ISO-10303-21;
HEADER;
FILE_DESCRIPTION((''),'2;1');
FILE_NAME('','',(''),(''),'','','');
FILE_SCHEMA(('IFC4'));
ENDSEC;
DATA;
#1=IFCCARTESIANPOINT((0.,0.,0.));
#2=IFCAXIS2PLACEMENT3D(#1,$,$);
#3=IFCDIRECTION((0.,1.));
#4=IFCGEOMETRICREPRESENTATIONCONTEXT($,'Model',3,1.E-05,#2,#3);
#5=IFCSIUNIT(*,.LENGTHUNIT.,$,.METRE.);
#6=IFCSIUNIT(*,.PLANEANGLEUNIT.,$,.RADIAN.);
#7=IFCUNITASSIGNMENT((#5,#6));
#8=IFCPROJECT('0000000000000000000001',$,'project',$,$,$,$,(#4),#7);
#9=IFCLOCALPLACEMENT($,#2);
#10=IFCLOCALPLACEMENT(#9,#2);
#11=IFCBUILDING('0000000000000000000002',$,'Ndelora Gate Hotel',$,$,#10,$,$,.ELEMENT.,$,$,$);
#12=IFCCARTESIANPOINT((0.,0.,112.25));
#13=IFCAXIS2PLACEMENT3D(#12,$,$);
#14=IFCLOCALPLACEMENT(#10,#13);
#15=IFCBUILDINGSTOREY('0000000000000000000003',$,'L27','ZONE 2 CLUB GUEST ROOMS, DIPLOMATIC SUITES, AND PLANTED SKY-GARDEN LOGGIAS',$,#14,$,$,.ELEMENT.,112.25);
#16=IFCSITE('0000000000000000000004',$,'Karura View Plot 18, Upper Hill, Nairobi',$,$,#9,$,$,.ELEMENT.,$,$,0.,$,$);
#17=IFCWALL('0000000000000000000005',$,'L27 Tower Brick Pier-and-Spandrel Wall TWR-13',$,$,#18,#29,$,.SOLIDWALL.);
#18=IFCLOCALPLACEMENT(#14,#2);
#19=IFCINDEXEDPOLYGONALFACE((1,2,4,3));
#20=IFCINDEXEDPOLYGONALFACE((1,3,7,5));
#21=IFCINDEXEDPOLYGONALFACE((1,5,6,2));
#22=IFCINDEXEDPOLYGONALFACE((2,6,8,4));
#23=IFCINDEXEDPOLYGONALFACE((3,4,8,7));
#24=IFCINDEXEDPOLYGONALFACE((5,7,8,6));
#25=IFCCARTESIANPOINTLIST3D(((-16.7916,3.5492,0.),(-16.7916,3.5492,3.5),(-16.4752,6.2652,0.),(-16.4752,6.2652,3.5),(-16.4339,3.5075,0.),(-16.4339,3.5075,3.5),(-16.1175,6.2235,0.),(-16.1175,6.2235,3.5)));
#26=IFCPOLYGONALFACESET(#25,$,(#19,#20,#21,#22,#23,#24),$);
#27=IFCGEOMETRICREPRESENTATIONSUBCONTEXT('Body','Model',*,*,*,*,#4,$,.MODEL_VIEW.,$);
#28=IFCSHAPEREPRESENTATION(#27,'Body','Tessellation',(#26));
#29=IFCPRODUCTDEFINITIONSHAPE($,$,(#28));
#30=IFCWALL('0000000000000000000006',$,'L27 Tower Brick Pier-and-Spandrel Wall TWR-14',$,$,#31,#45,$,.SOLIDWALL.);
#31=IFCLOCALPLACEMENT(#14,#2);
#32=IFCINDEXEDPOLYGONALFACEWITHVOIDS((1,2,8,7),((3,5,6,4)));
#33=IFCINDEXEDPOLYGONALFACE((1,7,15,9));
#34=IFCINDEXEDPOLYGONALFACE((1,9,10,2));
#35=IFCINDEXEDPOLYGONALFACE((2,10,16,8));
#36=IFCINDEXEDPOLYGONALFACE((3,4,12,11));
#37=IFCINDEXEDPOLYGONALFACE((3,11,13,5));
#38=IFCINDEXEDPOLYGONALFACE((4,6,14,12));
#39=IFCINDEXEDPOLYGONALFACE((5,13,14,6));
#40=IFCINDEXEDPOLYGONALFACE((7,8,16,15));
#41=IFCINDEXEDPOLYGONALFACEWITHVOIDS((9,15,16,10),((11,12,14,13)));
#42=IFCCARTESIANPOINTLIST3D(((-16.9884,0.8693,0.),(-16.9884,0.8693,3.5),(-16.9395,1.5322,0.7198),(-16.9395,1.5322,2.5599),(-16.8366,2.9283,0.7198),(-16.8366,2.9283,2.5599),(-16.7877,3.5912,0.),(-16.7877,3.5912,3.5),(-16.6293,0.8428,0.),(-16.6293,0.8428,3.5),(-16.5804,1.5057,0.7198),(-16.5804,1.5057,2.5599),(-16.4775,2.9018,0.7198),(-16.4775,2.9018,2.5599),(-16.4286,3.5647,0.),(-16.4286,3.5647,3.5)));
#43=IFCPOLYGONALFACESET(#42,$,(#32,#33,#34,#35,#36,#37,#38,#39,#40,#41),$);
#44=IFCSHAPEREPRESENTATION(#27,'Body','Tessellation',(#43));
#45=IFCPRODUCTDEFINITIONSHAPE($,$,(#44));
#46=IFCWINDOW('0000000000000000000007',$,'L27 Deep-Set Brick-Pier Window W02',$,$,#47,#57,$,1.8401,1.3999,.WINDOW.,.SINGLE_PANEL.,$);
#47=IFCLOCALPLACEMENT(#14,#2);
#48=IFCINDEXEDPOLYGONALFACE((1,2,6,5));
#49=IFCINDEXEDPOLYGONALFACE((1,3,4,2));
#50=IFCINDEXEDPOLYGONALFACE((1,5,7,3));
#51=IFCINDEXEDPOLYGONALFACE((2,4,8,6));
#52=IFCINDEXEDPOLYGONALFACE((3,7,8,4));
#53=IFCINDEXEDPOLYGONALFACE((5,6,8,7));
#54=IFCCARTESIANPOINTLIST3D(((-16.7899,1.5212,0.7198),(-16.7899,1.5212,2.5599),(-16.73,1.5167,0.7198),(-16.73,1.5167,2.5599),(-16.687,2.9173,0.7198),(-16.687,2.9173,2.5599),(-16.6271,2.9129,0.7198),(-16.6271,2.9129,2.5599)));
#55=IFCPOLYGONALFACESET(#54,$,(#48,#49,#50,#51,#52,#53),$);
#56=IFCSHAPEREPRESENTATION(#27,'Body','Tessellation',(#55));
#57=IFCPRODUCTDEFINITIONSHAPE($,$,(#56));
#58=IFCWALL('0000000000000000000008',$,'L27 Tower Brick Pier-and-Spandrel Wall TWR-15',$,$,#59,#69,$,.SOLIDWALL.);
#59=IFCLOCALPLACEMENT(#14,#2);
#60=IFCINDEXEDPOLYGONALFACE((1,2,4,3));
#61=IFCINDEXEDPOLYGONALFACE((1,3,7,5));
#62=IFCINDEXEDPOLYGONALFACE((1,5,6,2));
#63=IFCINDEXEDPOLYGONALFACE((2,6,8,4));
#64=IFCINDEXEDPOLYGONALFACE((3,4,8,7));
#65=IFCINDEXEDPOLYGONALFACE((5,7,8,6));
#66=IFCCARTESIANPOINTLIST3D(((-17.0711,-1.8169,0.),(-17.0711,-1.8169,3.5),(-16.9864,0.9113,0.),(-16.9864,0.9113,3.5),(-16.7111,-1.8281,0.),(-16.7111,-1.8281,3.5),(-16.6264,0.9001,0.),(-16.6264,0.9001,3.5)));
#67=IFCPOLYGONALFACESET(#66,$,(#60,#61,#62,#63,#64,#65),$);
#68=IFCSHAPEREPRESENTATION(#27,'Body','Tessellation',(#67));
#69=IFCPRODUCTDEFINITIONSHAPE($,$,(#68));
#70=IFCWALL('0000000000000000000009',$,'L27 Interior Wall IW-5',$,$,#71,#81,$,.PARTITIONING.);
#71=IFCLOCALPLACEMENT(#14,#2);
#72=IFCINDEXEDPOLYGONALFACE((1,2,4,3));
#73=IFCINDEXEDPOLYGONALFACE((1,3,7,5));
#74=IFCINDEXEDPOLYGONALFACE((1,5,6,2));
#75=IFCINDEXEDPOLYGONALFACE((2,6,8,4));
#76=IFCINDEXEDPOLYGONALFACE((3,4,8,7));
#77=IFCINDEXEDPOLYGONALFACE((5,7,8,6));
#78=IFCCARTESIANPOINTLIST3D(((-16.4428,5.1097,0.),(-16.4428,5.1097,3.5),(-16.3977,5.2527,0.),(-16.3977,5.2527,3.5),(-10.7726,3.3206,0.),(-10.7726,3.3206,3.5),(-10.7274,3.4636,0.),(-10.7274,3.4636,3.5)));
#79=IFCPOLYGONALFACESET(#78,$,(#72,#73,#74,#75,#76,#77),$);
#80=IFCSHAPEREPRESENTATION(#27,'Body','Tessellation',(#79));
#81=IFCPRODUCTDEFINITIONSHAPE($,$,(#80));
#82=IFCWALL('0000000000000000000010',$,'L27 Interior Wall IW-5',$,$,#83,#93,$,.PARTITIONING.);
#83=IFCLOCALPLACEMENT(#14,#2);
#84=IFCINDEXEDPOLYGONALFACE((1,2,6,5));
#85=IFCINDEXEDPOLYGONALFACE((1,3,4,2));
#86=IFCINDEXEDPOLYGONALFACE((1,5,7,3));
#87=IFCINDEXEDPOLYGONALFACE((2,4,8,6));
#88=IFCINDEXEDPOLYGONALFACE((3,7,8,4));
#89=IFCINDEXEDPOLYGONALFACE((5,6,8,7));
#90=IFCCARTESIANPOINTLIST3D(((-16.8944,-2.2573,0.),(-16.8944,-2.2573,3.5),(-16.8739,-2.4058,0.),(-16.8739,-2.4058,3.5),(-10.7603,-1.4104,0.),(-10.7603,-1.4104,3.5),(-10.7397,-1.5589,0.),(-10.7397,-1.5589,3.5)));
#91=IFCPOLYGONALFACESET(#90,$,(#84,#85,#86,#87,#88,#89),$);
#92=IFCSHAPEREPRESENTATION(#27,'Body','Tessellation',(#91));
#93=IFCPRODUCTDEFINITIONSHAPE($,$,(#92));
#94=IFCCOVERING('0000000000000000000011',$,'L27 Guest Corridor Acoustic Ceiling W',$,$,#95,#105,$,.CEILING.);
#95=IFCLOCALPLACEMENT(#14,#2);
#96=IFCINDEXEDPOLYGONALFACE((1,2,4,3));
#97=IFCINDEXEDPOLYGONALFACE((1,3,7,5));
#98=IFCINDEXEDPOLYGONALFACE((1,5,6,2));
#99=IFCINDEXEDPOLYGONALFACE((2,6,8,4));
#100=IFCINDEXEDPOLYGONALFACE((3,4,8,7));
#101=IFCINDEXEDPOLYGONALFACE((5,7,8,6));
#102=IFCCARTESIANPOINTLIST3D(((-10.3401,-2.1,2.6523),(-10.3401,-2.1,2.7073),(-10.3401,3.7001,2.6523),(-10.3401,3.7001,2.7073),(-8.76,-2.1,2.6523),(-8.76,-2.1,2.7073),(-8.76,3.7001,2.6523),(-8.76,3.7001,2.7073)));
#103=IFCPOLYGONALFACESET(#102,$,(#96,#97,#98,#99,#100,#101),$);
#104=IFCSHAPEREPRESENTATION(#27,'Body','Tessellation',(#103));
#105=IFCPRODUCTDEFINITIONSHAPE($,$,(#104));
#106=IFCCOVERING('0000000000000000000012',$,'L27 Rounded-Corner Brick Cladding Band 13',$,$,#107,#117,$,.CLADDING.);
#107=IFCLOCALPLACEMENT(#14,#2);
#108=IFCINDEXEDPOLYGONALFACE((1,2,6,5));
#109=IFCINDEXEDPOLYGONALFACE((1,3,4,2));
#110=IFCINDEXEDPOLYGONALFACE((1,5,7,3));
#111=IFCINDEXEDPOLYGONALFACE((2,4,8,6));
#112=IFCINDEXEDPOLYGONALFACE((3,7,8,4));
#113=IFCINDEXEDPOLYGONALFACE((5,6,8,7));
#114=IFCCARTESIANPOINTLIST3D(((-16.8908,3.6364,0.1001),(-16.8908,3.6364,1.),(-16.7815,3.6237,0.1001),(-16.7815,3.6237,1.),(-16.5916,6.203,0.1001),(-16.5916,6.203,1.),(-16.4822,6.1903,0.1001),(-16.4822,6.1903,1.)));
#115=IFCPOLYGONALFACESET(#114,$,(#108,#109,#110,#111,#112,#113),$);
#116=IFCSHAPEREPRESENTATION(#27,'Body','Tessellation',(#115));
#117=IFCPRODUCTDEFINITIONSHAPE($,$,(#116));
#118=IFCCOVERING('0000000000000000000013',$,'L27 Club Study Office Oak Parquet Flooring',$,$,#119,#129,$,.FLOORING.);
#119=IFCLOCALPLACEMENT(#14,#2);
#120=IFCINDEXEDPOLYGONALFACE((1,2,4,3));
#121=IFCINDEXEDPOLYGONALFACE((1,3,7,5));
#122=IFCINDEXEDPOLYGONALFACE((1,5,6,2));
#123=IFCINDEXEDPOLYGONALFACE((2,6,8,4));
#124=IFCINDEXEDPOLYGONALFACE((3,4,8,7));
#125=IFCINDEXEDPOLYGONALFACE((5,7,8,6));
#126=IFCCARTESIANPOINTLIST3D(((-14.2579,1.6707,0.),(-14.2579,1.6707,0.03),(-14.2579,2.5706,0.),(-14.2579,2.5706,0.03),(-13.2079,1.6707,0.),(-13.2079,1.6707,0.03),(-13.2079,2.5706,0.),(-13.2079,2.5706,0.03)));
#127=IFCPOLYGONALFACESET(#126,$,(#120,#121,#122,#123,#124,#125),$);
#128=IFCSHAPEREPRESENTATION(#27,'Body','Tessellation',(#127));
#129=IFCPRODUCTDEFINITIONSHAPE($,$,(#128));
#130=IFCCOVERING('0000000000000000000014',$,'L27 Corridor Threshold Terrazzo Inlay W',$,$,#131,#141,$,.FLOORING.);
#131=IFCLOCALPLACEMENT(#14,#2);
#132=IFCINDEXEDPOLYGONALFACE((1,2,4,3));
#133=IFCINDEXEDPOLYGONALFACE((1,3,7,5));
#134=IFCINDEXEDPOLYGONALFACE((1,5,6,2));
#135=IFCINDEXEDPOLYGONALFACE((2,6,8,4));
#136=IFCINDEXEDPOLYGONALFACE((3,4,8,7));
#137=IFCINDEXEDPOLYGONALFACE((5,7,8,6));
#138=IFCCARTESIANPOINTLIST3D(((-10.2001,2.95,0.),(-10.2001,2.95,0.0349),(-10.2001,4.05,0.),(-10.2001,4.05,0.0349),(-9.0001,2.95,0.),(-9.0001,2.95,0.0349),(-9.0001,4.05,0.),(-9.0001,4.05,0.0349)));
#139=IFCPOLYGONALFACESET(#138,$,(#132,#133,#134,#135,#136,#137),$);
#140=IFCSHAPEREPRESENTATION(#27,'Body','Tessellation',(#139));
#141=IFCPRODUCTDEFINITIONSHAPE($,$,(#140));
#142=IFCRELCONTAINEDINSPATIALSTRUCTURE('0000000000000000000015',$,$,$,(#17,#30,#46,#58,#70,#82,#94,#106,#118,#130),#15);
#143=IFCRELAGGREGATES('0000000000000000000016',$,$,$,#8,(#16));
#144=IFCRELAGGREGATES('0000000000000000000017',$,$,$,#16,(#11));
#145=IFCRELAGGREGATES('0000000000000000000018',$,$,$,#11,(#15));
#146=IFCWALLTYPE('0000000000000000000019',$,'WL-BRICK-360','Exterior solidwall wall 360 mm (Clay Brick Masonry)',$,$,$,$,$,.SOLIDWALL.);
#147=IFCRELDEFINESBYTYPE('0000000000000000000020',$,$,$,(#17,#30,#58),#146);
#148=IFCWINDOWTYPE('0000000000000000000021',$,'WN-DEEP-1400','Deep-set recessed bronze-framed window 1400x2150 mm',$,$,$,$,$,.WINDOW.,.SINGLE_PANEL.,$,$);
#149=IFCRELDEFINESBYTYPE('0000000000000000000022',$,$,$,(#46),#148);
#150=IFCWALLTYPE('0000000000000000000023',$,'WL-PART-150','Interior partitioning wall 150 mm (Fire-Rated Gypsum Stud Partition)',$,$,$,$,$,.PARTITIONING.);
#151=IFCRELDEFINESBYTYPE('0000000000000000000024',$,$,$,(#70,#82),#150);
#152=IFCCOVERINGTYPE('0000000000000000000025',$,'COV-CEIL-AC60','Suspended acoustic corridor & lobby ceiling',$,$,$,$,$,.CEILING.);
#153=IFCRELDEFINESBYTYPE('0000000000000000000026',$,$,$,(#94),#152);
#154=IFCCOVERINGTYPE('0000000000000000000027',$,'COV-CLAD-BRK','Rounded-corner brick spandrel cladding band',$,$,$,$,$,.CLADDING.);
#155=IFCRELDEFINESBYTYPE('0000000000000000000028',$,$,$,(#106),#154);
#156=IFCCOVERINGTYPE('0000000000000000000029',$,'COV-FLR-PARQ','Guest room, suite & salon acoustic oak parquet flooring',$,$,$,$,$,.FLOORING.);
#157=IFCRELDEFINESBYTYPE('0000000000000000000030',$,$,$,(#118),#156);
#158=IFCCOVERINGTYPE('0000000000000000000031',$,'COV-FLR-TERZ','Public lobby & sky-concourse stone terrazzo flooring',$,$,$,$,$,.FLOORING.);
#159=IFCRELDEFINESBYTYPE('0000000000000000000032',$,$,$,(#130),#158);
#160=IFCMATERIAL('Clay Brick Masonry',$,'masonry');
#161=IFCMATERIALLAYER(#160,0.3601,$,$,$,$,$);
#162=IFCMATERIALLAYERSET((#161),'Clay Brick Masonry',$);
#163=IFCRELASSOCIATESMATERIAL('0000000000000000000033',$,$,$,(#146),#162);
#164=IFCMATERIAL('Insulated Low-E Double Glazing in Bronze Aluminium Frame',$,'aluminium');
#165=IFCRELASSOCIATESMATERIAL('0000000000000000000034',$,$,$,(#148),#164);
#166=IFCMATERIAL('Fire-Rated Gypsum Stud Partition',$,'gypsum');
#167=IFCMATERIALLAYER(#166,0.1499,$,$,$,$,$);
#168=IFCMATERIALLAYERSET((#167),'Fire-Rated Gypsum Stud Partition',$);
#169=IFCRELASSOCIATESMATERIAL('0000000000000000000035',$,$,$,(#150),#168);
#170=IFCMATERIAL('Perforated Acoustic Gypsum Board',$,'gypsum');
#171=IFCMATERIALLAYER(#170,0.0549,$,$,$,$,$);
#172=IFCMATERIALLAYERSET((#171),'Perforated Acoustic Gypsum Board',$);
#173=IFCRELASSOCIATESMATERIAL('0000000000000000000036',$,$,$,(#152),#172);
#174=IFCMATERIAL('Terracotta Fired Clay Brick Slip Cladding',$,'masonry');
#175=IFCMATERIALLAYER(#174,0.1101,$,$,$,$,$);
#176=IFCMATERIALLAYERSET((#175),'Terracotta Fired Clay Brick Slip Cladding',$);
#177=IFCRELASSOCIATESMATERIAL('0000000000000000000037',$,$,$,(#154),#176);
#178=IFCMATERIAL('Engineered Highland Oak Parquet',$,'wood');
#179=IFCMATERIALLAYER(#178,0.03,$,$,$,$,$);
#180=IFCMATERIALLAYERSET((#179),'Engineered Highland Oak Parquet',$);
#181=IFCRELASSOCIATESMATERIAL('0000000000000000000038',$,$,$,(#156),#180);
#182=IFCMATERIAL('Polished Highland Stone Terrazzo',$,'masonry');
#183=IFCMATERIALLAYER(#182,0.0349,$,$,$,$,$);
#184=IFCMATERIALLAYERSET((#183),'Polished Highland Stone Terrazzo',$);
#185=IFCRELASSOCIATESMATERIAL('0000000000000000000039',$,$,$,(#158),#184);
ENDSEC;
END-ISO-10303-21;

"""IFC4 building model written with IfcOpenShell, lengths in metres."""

from ifc_helpers import new_model, si_unit, direction, frame, frame_2d, origin, origin_2d, place, context, subcontext, project, spatial, rectangle, extrude, material, layer, layer_set, type_object, element, fill, save


model = new_model("IFC4")

# Units and contexts
model_context = context("Model", 3, precision=1e-05, world=origin(), true_north=direction((0.0, 1.0)))
body_context = subcontext(model_context, "Body", "Model", "MODEL_VIEW")
ifc_project = project(units=[si_unit("LENGTHUNIT", "METRE"), si_unit("PLANEANGLEUNIT", "RADIAN")], contexts=[model_context])

# Site, building, storey
site_placement = place(None, origin())
site = spatial("IfcSite", under=ifc_project, at=site_placement, Name="Karura View Plot 18, Upper Hill, Nairobi", CompositionType="ELEMENT", RefElevation=0.0)
building_placement = place(site_placement, origin())
building = spatial("IfcBuilding", under=site, at=building_placement, Name="Ndelora Gate Hotel", CompositionType="ELEMENT")
storey_placement = place(building_placement, frame((0.0, 0.0, 112.25)))
storey = spatial("IfcBuildingStorey", under=building, at=storey_placement, Name="L27", Description="ZONE 2 CLUB GUEST ROOMS, DIPLOMATIC SUITES, AND PLANTED SKY-GARDEN LOGGIAS", CompositionType="ELEMENT", Elevation=112.25)

# Shared definitions
ifc_material_1 = material(Name="Clay Brick Masonry", Category="masonry")
ifc_layer_1 = layer(ifc_material_1, 0.3601)
ifc_layer_set_1 = layer_set([ifc_layer_1], Name="Clay Brick Masonry")
wall_type_1 = type_object("IfcWallType", Name="WL-BRICK-360", Description="Exterior solidwall wall 360 mm (Clay Brick Masonry)", PredefinedType="SOLIDWALL", material=ifc_layer_set_1)
ifc_material_2 = material(Name="Insulated Low-E Double Glazing in Bronze Aluminium Frame", Category="aluminium")
window_type = type_object("IfcWindowType", Name="WN-DEEP-1400", Description="Deep-set recessed bronze-framed window 1400x2150 mm", PartitioningType="SINGLE_PANEL", PredefinedType="WINDOW", material=ifc_material_2)

# Wall
wall_1_placement = place(storey_placement, frame((-16.6128, 3.5283, 0.0), z_axis=(0.0, 0.0, 1.0), x_axis=(0.115712, 0.993283, 0.0)))
element("IfcWall", 1, at=wall_1_placement, inside=storey, type_object=wall_type_1, Name="L27 Tower Brick Pier-and-Spandrel Wall TWR-13", PredefinedType="SOLIDWALL", context=body_context, shape_type="SweptSolid", body=[
    extrude(rectangle(XDim=2.7344, YDim=0.3601, at=frame_2d((1.3672, 0.0))), origin(), (0.0, 0.0, 1.0), 3.5),
])

# Wall, opening, window
wall_2_placement = place(storey_placement, frame((-16.8088, 0.856, 0.0), z_axis=(0.0, 0.0, 1.0), x_axis=(0.073529, 0.997293, 0.0)))
wall_2 = element("IfcWall", 2, at=wall_2_placement, inside=storey, type_object=wall_type_1, Name="L27 Tower Brick Pier-and-Spandrel Wall TWR-14", PredefinedType="SOLIDWALL", context=body_context, shape_type="SweptSolid", body=[
    extrude(rectangle(XDim=2.7292, YDim=0.3601, at=frame_2d((1.3647, 0.0))), origin(), (0.0, 0.0, 1.0), 3.5),
])
opening_1_placement = place(wall_2_placement, frame((0.6648, 0.0, 0.72)))
opening_1 = element("IfcOpeningElement", 3, at=opening_1_placement, cuts=wall_2, PredefinedType="OPENING", context=body_context, shape_type="SweptSolid", body=[
    extrude(rectangle(XDim=1.3999, YDim=1.8401, at=frame_2d((0.7, 0.9199))), frame((0.0, 0.1899, 0.0), z_axis=(0.0, -1.0, 0.0), x_axis=(1.0, 0.0, 0.0)), (0.0, 0.0, 1.0), 0.3801),
])
window_1_placement = place(opening_1_placement, origin())
window_1 = element("IfcWindow", 4, at=window_1_placement, inside=storey, type_object=window_type, Name="L27 Deep-Set Brick-Pier Window W02", OverallHeight=1.8401, OverallWidth=1.3999, PartitioningType="SINGLE_PANEL", PredefinedType="WINDOW", context=body_context, shape_type="SweptSolid", body=[
    extrude(rectangle(XDim=1.3999, YDim=1.8401, at=frame_2d((0.7, 0.9199))), frame((0.0, 0.03, 0.0), z_axis=(0.0, -1.0, 0.0), x_axis=(1.0, 0.0, 0.0)), (0.0, 0.0, 1.0), 0.0601),
])
fill(opening_1, window_1)

# Wall
wall_3_placement = place(storey_placement, frame((-16.8911, -1.8225, 0.0), z_axis=(0.0, 0.0, 1.0), x_axis=(0.031036, 0.999518, 0.0)))
element("IfcWall", 5, at=wall_3_placement, inside=storey, type_object=wall_type_1, Name="L27 Tower Brick Pier-and-Spandrel Wall TWR-15", PredefinedType="SOLIDWALL", context=body_context, shape_type="SweptSolid", body=[
    extrude(rectangle(XDim=2.7295, YDim=0.3601, at=frame_2d((1.3647, 0.0))), origin(), (0.0, 0.0, 1.0), 3.5),
])

# Walls
ifc_material_3 = material(Name="Fire-Rated Gypsum Stud Partition", Category="gypsum")
ifc_layer_2 = layer(ifc_material_3, 0.1499)
ifc_layer_set_2 = layer_set([ifc_layer_2], Name="Fire-Rated Gypsum Stud Partition")
wall_type_2 = type_object("IfcWallType", Name="WL-PART-150", Description="Interior partitioning wall 150 mm (Fire-Rated Gypsum Stud Partition)", PredefinedType="PARTITIONING", material=ifc_layer_set_2)
wall_4_placement = place(storey_placement, frame((-10.75, 3.3921, 0.0), z_axis=(0.0, 0.0, 1.0), x_axis=(-0.953656, 0.300899, 0.0)))
element("IfcWall", 6, at=wall_4_placement, inside=storey, type_object=wall_type_2, Name="L27 Interior Wall IW-5", PredefinedType="PARTITIONING", context=body_context, shape_type="SweptSolid", body=[
    extrude(rectangle(XDim=5.9458, YDim=0.1499, at=frame_2d((2.9729, 0.0))), origin(), (0.0, 0.0, 1.0), 3.5),
])
wall_5_placement = place(storey_placement, frame((-10.75, -1.4846, 0.0), z_axis=(0.0, 0.0, 1.0), x_axis=(-0.990603, -0.136767, 0.0)))
element("IfcWall", 7, at=wall_5_placement, inside=storey, type_object=wall_type_2, Name="L27 Interior Wall IW-5", PredefinedType="PARTITIONING", context=body_context, shape_type="SweptSolid", body=[
    extrude(rectangle(XDim=6.1924, YDim=0.1499, at=frame_2d((3.0962, 0.0))), origin(), (0.0, 0.0, 1.0), 3.5),
])

# Coverings
ifc_material_4 = material(Name="Perforated Acoustic Gypsum Board", Category="gypsum")
ifc_layer_3 = layer(ifc_material_4, 0.0549)
ifc_layer_set_3 = layer_set([ifc_layer_3], Name="Perforated Acoustic Gypsum Board")
covering_type_1 = type_object("IfcCoveringType", Name="COV-CEIL-AC60", Description="Suspended acoustic corridor & lobby ceiling", PredefinedType="CEILING", material=ifc_layer_set_3)
covering_1_placement = place(storey_placement, frame((-9.55, 0.8, 2.6523), z_axis=(0.0, 0.0, 1.0), x_axis=(1.0, 0.0, 0.0)))
element("IfcCovering", 8, at=covering_1_placement, inside=storey, type_object=covering_type_1, Name="L27 Guest Corridor Acoustic Ceiling W", PredefinedType="CEILING", context=body_context, shape_type="SweptSolid", body=[
    extrude(rectangle(XDim=1.5801, YDim=5.8, at=origin_2d()), origin(), (0.0, 0.0, 1.0), 0.0549),
])
ifc_material_5 = material(Name="Terracotta Fired Clay Brick Slip Cladding", Category="masonry")
ifc_layer_4 = layer(ifc_material_5, 0.1101)
ifc_layer_set_4 = layer_set([ifc_layer_4], Name="Terracotta Fired Clay Brick Slip Cladding")
covering_type_2 = type_object("IfcCoveringType", Name="COV-CLAD-BRK", Description="Rounded-corner brick spandrel cladding band", PredefinedType="CLADDING", material=ifc_layer_set_4)
covering_2_placement = place(storey_placement, frame((-16.6865, 4.9133, 0.1001), z_axis=(0.0, 0.0, 1.0), x_axis=(0.115804, 0.993272, 0.0)))
element("IfcCovering", 9, at=covering_2_placement, inside=storey, type_object=covering_type_2, Name="L27 Rounded-Corner Brick Cladding Band 13", PredefinedType="CLADDING", context=body_context, shape_type="SweptSolid", body=[
    extrude(rectangle(XDim=2.584, YDim=0.1101, at=origin_2d()), origin(), (0.0, 0.0, 1.0), 0.8999),
])
ifc_material_6 = material(Name="Engineered Highland Oak Parquet", Category="wood")
ifc_layer_5 = layer(ifc_material_6, 0.03)
ifc_layer_set_5 = layer_set([ifc_layer_5], Name="Engineered Highland Oak Parquet")
covering_type_3 = type_object("IfcCoveringType", Name="COV-FLR-PARQ", Description="Guest room, suite & salon acoustic oak parquet flooring", PredefinedType="FLOORING", material=ifc_layer_set_5)
covering_3_placement = place(storey_placement, frame((-13.7329, 2.1206, 0.0), z_axis=(0.0, 0.0, 1.0), x_axis=(1.0, 0.0, 0.0)))
element("IfcCovering", 10, at=covering_3_placement, inside=storey, type_object=covering_type_3, Name="L27 Club Study Office Oak Parquet Flooring", PredefinedType="FLOORING", context=body_context, shape_type="SweptSolid", body=[
    extrude(rectangle(XDim=1.05, YDim=0.8999, at=origin_2d()), origin(), (0.0, 0.0, 1.0), 0.03),
])
ifc_material_7 = material(Name="Polished Highland Stone Terrazzo", Category="masonry")
ifc_layer_6 = layer(ifc_material_7, 0.0349)
ifc_layer_set_6 = layer_set([ifc_layer_6], Name="Polished Highland Stone Terrazzo")
covering_type_4 = type_object("IfcCoveringType", Name="COV-FLR-TERZ", Description="Public lobby & sky-concourse stone terrazzo flooring", PredefinedType="FLOORING", material=ifc_layer_set_6)
covering_4_placement = place(storey_placement, frame((-9.6001, 3.5, 0.0), z_axis=(0.0, 0.0, 1.0), x_axis=(1.0, 0.0, 0.0)))
element("IfcCovering", 11, at=covering_4_placement, inside=storey, type_object=covering_type_4, Name="L27 Corridor Threshold Terrazzo Inlay W", PredefinedType="FLOORING", context=body_context, shape_type="SweptSolid", body=[
    extrude(rectangle(XDim=1.2, YDim=1.1001, at=origin_2d()), origin(), (0.0, 0.0, 1.0), 0.0349),
])

save(model, "model.ifc")
